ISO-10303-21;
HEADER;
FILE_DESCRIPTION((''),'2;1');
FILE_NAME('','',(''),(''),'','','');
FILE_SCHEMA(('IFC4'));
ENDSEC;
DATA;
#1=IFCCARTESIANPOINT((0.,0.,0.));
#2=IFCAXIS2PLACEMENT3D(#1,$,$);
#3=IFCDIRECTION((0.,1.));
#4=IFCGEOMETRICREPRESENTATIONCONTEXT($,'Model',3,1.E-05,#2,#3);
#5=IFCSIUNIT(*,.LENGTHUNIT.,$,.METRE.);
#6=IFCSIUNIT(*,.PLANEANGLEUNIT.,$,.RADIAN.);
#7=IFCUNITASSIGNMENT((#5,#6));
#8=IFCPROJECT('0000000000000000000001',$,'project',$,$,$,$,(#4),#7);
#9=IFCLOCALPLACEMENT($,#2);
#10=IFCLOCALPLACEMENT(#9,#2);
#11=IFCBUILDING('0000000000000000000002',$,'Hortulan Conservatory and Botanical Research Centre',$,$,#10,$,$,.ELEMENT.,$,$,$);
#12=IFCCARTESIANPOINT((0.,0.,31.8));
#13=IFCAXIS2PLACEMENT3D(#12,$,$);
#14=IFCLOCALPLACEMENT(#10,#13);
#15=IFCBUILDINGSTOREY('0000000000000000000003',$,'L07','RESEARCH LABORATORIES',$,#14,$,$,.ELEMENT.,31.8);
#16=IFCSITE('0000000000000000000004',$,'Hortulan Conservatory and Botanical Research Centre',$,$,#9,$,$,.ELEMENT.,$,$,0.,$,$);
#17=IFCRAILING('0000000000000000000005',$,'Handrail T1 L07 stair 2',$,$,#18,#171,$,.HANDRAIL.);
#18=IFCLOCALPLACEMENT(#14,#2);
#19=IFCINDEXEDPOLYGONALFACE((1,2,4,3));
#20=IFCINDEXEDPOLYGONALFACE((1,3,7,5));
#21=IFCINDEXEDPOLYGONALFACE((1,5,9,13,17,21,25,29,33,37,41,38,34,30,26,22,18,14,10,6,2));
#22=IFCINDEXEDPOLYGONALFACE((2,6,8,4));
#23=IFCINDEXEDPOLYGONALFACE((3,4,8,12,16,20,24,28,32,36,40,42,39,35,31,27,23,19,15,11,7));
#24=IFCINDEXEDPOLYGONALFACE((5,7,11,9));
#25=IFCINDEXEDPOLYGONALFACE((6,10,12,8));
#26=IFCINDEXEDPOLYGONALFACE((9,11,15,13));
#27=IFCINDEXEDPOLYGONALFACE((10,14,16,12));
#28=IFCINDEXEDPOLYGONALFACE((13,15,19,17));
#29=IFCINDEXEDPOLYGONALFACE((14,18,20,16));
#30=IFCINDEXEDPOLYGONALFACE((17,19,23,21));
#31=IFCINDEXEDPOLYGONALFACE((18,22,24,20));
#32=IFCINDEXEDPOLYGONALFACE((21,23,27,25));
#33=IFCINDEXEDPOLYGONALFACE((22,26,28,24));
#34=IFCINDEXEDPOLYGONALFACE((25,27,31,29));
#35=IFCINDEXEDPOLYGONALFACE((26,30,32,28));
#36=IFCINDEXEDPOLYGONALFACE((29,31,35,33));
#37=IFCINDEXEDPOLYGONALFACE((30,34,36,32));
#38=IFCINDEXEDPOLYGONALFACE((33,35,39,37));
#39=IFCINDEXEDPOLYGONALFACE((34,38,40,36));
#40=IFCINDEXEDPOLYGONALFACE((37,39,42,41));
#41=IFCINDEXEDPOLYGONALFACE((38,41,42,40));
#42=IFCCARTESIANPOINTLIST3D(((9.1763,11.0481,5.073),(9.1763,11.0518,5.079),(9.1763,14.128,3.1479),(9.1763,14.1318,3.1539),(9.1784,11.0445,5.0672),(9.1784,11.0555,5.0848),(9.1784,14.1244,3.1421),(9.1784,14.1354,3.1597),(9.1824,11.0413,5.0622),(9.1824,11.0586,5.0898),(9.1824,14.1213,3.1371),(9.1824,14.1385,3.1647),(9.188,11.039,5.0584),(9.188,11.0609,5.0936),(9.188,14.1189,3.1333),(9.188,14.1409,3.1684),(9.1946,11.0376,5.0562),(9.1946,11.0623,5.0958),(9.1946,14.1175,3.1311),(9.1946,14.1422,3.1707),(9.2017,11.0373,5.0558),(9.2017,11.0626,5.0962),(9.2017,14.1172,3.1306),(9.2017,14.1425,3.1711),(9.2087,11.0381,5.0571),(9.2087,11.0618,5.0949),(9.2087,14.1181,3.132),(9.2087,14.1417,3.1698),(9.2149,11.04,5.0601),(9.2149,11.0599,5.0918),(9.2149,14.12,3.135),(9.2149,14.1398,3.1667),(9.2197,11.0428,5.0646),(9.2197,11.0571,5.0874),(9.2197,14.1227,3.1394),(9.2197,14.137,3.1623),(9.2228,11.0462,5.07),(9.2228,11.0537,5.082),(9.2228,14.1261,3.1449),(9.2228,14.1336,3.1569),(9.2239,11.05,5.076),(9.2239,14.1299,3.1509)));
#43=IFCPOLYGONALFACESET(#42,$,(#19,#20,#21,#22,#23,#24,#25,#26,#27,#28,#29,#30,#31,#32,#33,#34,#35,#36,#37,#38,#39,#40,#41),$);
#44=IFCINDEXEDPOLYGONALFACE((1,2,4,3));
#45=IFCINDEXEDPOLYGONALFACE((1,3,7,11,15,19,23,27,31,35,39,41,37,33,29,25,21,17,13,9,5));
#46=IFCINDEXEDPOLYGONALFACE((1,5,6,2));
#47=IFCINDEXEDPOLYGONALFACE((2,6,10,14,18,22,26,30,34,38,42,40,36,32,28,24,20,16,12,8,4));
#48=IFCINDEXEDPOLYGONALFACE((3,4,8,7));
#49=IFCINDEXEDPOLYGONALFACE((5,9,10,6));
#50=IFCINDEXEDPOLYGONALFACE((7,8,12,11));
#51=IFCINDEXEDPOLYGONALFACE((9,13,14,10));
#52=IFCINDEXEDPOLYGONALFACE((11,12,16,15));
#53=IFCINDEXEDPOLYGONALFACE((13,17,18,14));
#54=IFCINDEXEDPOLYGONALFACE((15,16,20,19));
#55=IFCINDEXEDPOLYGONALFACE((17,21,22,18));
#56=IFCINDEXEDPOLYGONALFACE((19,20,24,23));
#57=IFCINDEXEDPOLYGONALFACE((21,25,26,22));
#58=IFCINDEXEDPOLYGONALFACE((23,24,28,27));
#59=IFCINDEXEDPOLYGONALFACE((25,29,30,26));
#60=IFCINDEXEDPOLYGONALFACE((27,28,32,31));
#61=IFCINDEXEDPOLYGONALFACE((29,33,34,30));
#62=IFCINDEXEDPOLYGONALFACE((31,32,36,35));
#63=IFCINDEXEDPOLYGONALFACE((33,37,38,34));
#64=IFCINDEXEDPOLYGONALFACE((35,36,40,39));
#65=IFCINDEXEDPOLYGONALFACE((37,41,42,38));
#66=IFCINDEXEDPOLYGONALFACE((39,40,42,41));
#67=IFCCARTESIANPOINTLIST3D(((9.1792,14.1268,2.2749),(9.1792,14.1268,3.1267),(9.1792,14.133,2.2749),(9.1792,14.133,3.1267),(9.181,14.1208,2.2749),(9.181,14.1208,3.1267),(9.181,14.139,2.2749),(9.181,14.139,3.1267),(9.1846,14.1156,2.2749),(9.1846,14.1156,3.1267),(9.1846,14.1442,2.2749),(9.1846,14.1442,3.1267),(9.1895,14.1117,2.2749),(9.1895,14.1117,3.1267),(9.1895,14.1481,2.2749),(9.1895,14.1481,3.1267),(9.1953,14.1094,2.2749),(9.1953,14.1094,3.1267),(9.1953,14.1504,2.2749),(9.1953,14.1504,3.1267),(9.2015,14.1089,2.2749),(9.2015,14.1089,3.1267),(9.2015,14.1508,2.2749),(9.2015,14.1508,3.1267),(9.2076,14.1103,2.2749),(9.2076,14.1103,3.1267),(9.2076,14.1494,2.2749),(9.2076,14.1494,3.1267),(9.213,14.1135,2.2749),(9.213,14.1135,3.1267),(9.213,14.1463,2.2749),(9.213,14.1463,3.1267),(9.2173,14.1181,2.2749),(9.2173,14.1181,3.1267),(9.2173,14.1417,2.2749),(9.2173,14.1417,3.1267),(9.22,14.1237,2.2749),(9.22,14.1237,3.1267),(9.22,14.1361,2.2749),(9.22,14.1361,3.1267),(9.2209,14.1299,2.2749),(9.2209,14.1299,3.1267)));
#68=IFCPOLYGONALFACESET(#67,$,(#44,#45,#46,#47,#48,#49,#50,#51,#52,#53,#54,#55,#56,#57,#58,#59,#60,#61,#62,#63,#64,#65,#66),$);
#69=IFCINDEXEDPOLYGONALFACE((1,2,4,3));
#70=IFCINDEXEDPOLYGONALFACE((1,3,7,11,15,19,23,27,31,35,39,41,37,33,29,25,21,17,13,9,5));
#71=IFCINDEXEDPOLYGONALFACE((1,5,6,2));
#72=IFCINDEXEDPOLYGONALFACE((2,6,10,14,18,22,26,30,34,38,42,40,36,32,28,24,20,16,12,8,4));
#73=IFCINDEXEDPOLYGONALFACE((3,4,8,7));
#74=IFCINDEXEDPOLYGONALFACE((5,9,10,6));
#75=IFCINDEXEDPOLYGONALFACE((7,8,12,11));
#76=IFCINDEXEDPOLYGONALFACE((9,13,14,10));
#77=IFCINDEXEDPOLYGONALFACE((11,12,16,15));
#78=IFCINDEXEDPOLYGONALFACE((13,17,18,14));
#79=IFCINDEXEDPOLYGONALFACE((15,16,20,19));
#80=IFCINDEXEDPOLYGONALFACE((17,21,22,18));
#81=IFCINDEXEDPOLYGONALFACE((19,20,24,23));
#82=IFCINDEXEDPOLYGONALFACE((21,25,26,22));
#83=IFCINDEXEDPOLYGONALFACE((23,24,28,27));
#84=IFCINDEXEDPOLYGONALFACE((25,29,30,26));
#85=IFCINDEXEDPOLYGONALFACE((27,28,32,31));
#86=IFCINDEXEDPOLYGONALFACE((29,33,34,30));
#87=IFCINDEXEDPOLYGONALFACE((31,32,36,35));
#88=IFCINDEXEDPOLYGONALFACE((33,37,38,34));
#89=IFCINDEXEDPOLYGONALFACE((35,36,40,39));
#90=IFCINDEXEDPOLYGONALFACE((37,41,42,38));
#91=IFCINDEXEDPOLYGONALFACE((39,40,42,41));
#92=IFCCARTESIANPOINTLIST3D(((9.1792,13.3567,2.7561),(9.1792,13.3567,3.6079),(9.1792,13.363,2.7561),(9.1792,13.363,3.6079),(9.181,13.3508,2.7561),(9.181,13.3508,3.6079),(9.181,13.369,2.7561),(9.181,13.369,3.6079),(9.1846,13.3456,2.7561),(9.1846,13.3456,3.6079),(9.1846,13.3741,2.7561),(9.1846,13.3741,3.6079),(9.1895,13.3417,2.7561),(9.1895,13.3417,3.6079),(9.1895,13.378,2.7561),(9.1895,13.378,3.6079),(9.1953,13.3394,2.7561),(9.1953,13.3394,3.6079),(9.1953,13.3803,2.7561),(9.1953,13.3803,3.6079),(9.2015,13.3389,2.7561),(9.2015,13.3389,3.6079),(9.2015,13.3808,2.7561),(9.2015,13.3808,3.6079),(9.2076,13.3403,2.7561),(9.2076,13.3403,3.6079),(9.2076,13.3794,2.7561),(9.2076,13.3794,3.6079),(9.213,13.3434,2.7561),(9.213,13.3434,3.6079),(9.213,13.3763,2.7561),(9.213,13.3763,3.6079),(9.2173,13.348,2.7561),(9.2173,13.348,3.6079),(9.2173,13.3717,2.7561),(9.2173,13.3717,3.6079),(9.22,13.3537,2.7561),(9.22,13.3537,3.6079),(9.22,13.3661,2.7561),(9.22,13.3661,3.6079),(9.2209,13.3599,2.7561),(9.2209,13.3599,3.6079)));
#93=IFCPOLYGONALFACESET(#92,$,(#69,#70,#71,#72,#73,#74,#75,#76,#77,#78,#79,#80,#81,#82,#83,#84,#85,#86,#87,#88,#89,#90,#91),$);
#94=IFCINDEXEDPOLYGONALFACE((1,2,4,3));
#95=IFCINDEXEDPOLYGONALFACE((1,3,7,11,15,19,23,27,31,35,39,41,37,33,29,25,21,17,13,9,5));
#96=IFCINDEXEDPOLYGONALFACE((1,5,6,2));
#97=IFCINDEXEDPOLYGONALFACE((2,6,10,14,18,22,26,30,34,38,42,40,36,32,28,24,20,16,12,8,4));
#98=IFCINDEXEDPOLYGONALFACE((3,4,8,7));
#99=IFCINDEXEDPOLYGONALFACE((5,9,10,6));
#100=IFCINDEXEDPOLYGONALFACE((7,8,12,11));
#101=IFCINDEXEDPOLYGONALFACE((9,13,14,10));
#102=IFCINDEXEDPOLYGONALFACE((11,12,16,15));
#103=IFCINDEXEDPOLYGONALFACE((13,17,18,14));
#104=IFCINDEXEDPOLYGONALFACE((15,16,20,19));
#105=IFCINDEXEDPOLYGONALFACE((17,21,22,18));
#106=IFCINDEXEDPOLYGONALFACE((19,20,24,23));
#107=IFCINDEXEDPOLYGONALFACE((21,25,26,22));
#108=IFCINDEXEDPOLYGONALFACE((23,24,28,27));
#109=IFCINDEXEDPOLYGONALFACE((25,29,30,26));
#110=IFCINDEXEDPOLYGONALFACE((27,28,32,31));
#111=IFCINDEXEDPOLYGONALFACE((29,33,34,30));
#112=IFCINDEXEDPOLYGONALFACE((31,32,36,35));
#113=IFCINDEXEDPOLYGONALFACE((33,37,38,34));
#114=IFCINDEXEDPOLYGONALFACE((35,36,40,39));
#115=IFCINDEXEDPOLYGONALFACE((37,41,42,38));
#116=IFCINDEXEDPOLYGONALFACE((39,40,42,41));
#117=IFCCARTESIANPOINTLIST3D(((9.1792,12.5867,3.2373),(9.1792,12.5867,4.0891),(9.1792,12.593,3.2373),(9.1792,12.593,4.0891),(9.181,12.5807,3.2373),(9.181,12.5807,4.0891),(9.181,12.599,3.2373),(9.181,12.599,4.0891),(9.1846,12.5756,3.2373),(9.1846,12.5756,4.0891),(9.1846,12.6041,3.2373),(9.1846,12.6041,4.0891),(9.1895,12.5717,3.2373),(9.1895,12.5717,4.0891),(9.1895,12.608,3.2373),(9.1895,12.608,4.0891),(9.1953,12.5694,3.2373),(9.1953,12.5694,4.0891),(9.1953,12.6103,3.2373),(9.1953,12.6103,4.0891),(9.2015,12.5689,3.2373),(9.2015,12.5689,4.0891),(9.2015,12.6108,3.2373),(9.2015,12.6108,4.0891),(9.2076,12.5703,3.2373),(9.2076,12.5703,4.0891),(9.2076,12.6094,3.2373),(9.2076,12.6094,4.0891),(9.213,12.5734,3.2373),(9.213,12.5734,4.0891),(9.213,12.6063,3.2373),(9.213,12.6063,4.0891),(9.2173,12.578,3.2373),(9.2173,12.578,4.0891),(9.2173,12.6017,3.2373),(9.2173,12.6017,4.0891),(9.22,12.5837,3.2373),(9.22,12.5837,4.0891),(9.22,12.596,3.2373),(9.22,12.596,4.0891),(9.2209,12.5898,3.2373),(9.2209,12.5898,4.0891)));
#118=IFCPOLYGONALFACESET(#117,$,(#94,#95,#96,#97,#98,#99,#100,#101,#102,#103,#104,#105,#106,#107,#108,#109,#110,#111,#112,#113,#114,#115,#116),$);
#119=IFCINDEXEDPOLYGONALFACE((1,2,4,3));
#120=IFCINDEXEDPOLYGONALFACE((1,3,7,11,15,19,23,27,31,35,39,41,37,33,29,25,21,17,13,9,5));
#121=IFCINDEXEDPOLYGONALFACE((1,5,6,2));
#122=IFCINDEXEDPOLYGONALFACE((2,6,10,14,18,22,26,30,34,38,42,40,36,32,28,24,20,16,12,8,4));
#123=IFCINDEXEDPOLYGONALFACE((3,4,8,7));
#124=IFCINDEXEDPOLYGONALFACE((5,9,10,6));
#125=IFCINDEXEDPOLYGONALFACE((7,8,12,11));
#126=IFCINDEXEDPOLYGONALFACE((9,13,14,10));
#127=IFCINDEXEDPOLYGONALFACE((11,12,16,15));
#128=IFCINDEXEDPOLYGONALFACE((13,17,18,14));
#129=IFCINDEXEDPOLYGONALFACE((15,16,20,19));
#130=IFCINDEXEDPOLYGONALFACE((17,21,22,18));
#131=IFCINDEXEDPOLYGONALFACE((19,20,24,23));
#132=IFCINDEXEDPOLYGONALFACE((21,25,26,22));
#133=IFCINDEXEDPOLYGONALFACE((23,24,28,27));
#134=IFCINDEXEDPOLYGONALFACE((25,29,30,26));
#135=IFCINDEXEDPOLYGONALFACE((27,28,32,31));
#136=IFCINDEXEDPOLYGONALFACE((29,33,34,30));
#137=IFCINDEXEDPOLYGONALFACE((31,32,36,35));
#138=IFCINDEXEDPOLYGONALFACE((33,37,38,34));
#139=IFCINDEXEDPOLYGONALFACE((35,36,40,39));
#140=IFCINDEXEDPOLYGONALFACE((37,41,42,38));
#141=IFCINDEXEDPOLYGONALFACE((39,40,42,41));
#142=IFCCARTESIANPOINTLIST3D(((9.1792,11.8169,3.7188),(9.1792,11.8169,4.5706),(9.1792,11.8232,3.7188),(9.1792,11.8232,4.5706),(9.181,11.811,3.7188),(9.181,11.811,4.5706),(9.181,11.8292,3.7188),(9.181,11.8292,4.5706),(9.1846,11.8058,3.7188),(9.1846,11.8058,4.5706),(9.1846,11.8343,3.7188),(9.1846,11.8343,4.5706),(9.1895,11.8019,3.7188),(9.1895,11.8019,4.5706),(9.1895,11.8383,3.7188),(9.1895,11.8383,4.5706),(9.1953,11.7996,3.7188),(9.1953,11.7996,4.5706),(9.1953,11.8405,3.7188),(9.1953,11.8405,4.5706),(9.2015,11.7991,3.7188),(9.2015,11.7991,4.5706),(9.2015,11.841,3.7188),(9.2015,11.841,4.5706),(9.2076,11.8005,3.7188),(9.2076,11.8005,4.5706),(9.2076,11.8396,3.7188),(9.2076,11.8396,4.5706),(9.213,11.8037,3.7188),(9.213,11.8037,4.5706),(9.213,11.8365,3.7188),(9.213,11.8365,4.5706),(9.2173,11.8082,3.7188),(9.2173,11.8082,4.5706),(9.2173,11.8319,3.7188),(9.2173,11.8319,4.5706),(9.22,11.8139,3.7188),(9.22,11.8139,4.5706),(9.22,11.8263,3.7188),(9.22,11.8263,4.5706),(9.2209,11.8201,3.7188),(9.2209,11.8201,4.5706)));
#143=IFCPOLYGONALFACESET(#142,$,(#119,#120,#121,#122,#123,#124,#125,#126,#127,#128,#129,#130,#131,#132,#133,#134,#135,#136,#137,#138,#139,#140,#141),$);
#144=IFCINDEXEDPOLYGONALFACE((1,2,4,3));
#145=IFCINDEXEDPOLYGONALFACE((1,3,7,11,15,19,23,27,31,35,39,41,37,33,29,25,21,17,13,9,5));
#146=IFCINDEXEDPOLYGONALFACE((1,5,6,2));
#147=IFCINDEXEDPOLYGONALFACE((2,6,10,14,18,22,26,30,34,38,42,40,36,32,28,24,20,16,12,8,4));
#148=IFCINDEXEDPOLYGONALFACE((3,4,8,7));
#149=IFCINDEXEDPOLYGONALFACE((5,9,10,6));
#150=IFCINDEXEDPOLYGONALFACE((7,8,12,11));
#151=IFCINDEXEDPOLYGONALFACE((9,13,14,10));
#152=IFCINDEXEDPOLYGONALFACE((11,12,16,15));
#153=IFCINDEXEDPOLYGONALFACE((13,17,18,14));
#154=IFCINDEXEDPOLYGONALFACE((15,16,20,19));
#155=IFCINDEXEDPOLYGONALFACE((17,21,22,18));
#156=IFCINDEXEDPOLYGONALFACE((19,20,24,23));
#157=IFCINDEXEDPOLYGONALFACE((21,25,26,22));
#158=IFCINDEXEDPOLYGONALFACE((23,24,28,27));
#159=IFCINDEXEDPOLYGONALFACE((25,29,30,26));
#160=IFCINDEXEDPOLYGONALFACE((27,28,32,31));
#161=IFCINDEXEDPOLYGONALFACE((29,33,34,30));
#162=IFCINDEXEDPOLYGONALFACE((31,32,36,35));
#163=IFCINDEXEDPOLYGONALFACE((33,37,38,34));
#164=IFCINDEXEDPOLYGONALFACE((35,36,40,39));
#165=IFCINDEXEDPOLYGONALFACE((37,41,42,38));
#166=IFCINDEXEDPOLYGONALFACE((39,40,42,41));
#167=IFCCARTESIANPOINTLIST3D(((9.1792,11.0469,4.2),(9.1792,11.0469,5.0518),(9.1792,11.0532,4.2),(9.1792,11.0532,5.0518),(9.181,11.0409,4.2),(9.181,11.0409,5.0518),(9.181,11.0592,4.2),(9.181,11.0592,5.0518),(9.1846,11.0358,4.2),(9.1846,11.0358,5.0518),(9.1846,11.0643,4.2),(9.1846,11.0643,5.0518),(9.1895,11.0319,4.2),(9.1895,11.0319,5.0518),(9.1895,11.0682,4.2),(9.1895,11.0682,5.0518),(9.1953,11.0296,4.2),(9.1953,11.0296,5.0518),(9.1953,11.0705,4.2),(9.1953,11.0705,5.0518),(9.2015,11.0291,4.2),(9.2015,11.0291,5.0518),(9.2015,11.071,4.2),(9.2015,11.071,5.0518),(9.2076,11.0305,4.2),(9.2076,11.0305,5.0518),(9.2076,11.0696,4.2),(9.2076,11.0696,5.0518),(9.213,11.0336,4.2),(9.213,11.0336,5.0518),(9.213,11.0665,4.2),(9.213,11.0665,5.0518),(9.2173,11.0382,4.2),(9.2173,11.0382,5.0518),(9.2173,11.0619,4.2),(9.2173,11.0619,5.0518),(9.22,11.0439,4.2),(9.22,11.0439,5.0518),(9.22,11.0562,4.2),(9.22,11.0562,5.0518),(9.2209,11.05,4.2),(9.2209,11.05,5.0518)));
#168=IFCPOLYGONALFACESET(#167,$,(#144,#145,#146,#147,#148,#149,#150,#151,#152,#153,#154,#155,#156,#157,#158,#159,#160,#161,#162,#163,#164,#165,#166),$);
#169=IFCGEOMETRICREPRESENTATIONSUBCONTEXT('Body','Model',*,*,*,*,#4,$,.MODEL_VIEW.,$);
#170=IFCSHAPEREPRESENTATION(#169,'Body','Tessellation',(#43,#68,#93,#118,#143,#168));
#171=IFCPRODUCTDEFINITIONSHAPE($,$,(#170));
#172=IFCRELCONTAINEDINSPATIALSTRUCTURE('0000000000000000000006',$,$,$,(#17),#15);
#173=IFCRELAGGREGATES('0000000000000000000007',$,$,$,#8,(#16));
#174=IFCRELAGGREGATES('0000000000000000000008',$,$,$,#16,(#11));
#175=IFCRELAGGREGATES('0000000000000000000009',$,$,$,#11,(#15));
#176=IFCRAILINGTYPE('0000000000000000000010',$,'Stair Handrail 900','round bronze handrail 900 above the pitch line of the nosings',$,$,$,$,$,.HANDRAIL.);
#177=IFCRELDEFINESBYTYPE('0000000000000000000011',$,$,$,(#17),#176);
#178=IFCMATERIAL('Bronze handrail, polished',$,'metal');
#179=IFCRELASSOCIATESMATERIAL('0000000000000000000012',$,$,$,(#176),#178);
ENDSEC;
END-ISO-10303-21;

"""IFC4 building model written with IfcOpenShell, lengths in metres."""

from ifc_helpers import new_model, si_unit, direction, frame, origin, origin_2d, place, context, subcontext, project, spatial, circle, extrude, material, type_object, element, save


model = new_model("IFC4")

# Units and contexts
model_context = context("Model", 3, precision=1e-05, world=origin(), true_north=direction((0.0, 1.0)))
body_context = subcontext(model_context, "Body", "Model", "MODEL_VIEW")
ifc_project = project(units=[si_unit("LENGTHUNIT", "METRE"), si_unit("PLANEANGLEUNIT", "RADIAN")], contexts=[model_context])

# Site, building, storey
site_placement = place(None, origin())
site = spatial("IfcSite", under=ifc_project, at=site_placement, Name="Hortulan Conservatory and Botanical Research Centre", CompositionType="ELEMENT", RefElevation=0.0)
building_placement = place(site_placement, origin())
building = spatial("IfcBuilding", under=site, at=building_placement, Name="Hortulan Conservatory and Botanical Research Centre", CompositionType="ELEMENT")
storey_placement = place(building_placement, frame((0.0, 0.0, 31.8)))
storey = spatial("IfcBuildingStorey", under=building, at=storey_placement, Name="L07", Description="RESEARCH LABORATORIES", CompositionType="ELEMENT", Elevation=31.8)

# Railing
ifc_material_1 = material(Name="Bronze handrail, polished", Category="metal")
railing_type_1 = type_object("IfcRailingType", Name="Stair Handrail 900", Description="round bronze handrail 900 above the pitch line of the nosings", PredefinedType="HANDRAIL", material=ifc_material_1)
railing_1_placement = place(storey_placement, frame((9.2, 14.1299, 2.2749)))
element("IfcRailing", 1, at=railing_1_placement, inside=storey, type_object=railing_type_1, Name="Handrail T1 L07 stair 2", PredefinedType="HANDRAIL", context=body_context, shape_type="SweptSolid", body=[
    extrude(circle(Radius=0.0239, at=origin_2d()), frame((0.0, 0.0, 0.876), z_axis=(0.0, -0.847979, 0.530029), x_axis=(1.0, 0.0, 0.0)), (0.0, 0.0, 1.0), 3.6321),
    extrude(circle(Radius=0.021, at=origin_2d()), origin(), (0.0, 0.0, 1.0), 0.8518),
    extrude(circle(Radius=0.021, at=origin_2d()), frame((0.0, -0.77, 0.4812)), (0.0, 0.0, 1.0), 0.8518),
    extrude(circle(Radius=0.021, at=origin_2d()), frame((0.0, -1.54, 0.9624)), (0.0, 0.0, 1.0), 0.8518),
    extrude(circle(Radius=0.021, at=origin_2d()), frame((0.0, -2.3098, 1.4438)), (0.0, 0.0, 1.0), 0.8518),
    extrude(circle(Radius=0.021, at=origin_2d()), frame((0.0, -3.0798, 1.925)), (0.0, 0.0, 1.0), 0.8518),
])

save(model, "model.ifc")
